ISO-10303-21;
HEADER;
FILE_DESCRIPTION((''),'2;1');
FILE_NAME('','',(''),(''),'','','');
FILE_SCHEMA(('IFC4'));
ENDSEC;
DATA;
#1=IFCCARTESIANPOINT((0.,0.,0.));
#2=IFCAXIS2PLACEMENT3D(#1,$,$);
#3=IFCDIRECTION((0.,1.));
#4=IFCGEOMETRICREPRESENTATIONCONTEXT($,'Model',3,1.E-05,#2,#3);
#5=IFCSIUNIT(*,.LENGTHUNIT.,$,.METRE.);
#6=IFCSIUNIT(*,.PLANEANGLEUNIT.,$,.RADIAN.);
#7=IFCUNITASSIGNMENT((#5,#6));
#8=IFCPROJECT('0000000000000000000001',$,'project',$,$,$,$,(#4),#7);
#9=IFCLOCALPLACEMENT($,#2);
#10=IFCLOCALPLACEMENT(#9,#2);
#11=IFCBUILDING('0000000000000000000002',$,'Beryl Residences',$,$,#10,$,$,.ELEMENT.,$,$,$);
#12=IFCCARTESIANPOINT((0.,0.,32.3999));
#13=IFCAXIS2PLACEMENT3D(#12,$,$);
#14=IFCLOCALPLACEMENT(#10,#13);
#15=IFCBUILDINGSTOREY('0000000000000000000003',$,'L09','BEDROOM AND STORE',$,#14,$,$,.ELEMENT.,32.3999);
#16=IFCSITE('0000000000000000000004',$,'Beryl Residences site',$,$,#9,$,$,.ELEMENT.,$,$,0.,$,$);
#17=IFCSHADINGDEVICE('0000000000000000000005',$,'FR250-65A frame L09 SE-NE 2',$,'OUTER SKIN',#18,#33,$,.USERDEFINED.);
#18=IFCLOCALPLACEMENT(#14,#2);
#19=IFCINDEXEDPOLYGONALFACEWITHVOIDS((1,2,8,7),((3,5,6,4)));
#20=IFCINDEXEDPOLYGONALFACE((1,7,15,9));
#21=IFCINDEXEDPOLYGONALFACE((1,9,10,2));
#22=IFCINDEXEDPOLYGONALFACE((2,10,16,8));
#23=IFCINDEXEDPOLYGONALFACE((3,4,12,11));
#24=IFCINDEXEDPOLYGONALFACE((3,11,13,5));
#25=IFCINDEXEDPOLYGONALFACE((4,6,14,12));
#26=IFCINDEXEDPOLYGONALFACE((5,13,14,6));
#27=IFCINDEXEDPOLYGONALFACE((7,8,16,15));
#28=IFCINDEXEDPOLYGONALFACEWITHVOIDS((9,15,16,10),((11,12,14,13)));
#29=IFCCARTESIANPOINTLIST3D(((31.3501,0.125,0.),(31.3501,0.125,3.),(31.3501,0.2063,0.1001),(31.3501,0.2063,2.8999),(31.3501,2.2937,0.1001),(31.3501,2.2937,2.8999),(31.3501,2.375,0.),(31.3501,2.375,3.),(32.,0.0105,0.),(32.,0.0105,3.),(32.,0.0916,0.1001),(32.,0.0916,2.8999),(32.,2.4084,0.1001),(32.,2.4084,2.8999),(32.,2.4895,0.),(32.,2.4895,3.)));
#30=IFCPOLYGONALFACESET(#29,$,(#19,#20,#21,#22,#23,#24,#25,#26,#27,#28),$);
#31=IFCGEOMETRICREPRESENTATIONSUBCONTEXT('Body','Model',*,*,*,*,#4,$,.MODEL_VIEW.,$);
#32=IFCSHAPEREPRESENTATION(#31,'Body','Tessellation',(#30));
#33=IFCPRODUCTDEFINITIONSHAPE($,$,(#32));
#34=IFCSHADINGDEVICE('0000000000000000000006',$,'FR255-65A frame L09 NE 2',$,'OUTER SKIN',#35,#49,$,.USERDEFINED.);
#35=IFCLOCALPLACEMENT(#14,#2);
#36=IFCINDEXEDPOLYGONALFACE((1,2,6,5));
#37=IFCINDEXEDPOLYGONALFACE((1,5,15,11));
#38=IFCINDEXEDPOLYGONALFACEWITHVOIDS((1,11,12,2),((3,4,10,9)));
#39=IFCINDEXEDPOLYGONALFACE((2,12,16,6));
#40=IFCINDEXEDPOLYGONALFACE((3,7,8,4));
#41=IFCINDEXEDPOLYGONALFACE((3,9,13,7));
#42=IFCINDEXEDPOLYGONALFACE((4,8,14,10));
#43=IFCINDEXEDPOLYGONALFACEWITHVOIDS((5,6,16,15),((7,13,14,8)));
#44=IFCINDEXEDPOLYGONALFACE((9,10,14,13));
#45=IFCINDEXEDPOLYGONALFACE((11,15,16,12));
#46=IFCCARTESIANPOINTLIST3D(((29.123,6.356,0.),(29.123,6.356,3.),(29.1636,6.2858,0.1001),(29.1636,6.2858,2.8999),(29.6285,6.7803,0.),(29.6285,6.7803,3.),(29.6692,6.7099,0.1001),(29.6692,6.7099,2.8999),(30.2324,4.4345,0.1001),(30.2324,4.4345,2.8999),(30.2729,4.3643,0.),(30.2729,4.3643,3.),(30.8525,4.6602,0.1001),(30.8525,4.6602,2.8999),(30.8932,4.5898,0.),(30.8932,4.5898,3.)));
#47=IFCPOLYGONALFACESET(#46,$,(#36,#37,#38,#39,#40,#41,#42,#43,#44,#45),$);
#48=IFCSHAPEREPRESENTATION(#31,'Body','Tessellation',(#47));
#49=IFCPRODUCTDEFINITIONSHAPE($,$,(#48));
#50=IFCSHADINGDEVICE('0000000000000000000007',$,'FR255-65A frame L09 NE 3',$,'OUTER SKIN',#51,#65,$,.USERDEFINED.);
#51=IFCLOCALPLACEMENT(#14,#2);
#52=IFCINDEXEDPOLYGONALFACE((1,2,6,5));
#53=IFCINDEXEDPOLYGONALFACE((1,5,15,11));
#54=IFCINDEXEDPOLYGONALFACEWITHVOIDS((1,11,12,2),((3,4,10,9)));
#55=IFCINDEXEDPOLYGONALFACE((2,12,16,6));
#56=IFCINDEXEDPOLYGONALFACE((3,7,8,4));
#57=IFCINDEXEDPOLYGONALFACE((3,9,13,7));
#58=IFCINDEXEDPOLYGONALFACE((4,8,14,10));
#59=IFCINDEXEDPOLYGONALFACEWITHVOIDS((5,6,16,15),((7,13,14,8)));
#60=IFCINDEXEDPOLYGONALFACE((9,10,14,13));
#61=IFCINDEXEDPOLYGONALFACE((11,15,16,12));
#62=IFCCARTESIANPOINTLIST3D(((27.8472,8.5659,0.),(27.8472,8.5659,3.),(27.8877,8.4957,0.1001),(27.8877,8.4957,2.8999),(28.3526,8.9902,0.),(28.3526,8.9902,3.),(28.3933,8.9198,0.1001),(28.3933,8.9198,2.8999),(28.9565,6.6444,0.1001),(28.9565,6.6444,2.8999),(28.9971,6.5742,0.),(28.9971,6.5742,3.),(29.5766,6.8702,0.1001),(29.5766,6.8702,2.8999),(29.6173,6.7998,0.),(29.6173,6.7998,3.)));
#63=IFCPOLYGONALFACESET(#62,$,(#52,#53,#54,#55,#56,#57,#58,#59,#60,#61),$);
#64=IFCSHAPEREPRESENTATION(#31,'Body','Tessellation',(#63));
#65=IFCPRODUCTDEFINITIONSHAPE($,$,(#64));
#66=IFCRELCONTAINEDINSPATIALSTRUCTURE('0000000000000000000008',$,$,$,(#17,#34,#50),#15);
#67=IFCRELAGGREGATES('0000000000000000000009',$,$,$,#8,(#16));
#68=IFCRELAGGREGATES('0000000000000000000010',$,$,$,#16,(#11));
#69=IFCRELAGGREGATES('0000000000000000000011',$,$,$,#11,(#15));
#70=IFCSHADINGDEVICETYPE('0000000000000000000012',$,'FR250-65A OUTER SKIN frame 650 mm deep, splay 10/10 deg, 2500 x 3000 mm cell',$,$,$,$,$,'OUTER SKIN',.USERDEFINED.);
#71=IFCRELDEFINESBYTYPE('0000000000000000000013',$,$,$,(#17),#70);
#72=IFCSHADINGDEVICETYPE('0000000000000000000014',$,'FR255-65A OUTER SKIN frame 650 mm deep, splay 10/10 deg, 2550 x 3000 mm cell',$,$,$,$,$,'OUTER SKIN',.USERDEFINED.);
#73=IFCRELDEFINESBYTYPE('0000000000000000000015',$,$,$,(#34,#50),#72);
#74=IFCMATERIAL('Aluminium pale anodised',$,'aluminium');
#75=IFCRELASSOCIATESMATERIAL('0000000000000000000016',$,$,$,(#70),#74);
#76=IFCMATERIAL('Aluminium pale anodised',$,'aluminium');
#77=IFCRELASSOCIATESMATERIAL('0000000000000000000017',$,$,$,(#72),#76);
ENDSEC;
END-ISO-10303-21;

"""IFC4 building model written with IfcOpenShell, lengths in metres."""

from ifc_helpers import new_model, entity, si_unit, direction, frame, origin, place, context, subcontext, project, spatial, source, transform, mapped, material, type_object, type_shapes, element, save


model = new_model("IFC4")

# Units and contexts
model_context = context("Model", 3, precision=1e-05, world=origin(), true_north=direction((0.0, 1.0)))
body_context = subcontext(model_context, "Body", "Model", "MODEL_VIEW")
ifc_project = project(units=[si_unit("LENGTHUNIT", "METRE"), si_unit("PLANEANGLEUNIT", "RADIAN")], contexts=[model_context])

# Site, building, storey
site_placement = place(None, origin())
site = spatial("IfcSite", under=ifc_project, at=site_placement, Name="Beryl Residences site", CompositionType="ELEMENT", RefElevation=0.0)
building_placement = place(site_placement, origin())
building = spatial("IfcBuilding", under=site, at=building_placement, Name="Beryl Residences", CompositionType="ELEMENT")
storey_placement = place(building_placement, frame((0.0, 0.0, 32.3999)))
storey = spatial("IfcBuildingStorey", under=building, at=storey_placement, Name="L09", Description="BEDROOM AND STORE", CompositionType="ELEMENT", Elevation=32.3999)

# Shading devices
ifc_material_1 = material(Name="Aluminium pale anodised", Category="aluminium")
shading_device_type_1 = type_object("IfcShadingDeviceType", Name="FR250-65A OUTER SKIN frame 650 mm deep, splay 10/10 deg, 2500 x 3000 mm cell", ElementType="OUTER SKIN", PredefinedType="USERDEFINED", material=ifc_material_1)
cartesian_point_1 = entity("IfcCartesianPoint", [-1.125, 0.0])
cartesian_point_2 = entity("IfcCartesianPoint", [-1.0437, 0.1001])
cartesian_point_3 = entity("IfcCartesianPoint", [-1.2395, 0.0])
cartesian_point_4 = entity("IfcCartesianPoint", [-1.1584, 0.1001])
shared_shape_1 = source(origin(), body_context, "Body", "SweptSolid", [
    entity("IfcExtrudedAreaSolidTapered", entity("IfcArbitraryProfileDefWithVoids", "AREA", None, entity("IfcPolyline", [cartesian_point_1, entity("IfcCartesianPoint", [1.125, 0.0]), entity("IfcCartesianPoint", [1.125, 3.0]), entity("IfcCartesianPoint", [-1.125, 3.0]), cartesian_point_1]), [entity("IfcPolyline", [cartesian_point_2, entity("IfcCartesianPoint", [1.0437, 0.1001]), entity("IfcCartesianPoint", [1.0437, 2.8999]), entity("IfcCartesianPoint", [-1.0437, 2.8999]), cartesian_point_2])]), entity("IfcAxis2Placement3D", entity("IfcCartesianPoint", [0.0, 0.0, 0.0]), entity("IfcDirection", [0.0, 1.0, 0.0]), entity("IfcDirection", [-1.0, 0.0, 0.0])), entity("IfcDirection", [0.0, 0.0, 1.0]), 0.6499, entity("IfcArbitraryProfileDefWithVoids", "AREA", None, entity("IfcPolyline", [cartesian_point_3, entity("IfcCartesianPoint", [1.2395, 0.0]), entity("IfcCartesianPoint", [1.2395, 3.0]), entity("IfcCartesianPoint", [-1.2395, 3.0]), cartesian_point_3]), [entity("IfcPolyline", [cartesian_point_4, entity("IfcCartesianPoint", [1.1584, 0.1001]), entity("IfcCartesianPoint", [1.1584, 2.8999]), entity("IfcCartesianPoint", [-1.1584, 2.8999]), cartesian_point_4])])),
])
type_shapes(shading_device_type_1, [shared_shape_1])
for number, where, z_axis, x_axis, name in (
    (1, (31.3501, 1.25, 0.0), (0.0, 0.0, 1.0), (0.0, -1.0, 0.0), "FR250-65A frame L09 SE-NE 2"),
):
    element("IfcShadingDevice", number, at=place(storey_placement, frame(where, z_axis=z_axis, x_axis=x_axis)), inside=storey, type_object=shading_device_type_1, Name=name, ObjectType="OUTER SKIN", PredefinedType="USERDEFINED", context=body_context, shape_type="MappedRepresentation", body=[
        mapped(shared_shape_1, transform((0.0, 0.0, 0.0))),
    ])
ifc_material_2 = material(Name="Aluminium pale anodised", Category="aluminium")
shading_device_type_2 = type_object("IfcShadingDeviceType", Name="FR255-65A OUTER SKIN frame 650 mm deep, splay 10/10 deg, 2550 x 3000 mm cell", ElementType="OUTER SKIN", PredefinedType="USERDEFINED", material=ifc_material_2)
cartesian_point_5 = entity("IfcCartesianPoint", [-1.1499, 0.0])
cartesian_point_6 = entity("IfcCartesianPoint", [-1.0688, 0.1001])
cartesian_point_7 = entity("IfcCartesianPoint", [-1.2646, 0.0])
cartesian_point_8 = entity("IfcCartesianPoint", [-1.1833, 0.1001])
shared_shape_2 = source(origin(), body_context, "Body", "SweptSolid", [
    entity("IfcExtrudedAreaSolidTapered", entity("IfcArbitraryProfileDefWithVoids", "AREA", None, entity("IfcPolyline", [cartesian_point_5, entity("IfcCartesianPoint", [1.1499, 0.0]), entity("IfcCartesianPoint", [1.1499, 3.0]), entity("IfcCartesianPoint", [-1.1499, 3.0]), cartesian_point_5]), [entity("IfcPolyline", [cartesian_point_6, entity("IfcCartesianPoint", [1.0688, 0.1001]), entity("IfcCartesianPoint", [1.0688, 2.8999]), entity("IfcCartesianPoint", [-1.0688, 2.8999]), cartesian_point_6])]), entity("IfcAxis2Placement3D", entity("IfcCartesianPoint", [0.0, 0.0, 0.0]), entity("IfcDirection", [0.0, 1.0, 0.0]), entity("IfcDirection", [-1.0, 0.0, 0.0])), entity("IfcDirection", [0.0, 0.0, 1.0]), 0.6499, entity("IfcArbitraryProfileDefWithVoids", "AREA", None, entity("IfcPolyline", [cartesian_point_7, entity("IfcCartesianPoint", [1.2646, 0.0]), entity("IfcCartesianPoint", [1.2646, 3.0]), entity("IfcCartesianPoint", [-1.2646, 3.0]), cartesian_point_7]), [entity("IfcPolyline", [cartesian_point_8, entity("IfcCartesianPoint", [1.1833, 0.1001]), entity("IfcCartesianPoint", [1.1833, 2.8999]), entity("IfcCartesianPoint", [-1.1833, 2.8999]), cartesian_point_8])])),
])
type_shapes(shading_device_type_2, [shared_shape_2])
for number, where, z_axis, x_axis, name in (
    (2, (29.698, 5.3601, 0.0), (0.0, 0.0, 1.0), (0.5, -0.866025, 0.0), "FR255-65A frame L09 NE 2"),
    (3, (28.4221, 7.5701, 0.0), (0.0, 0.0, 1.0), (0.5, -0.866025, 0.0), "FR255-65A frame L09 NE 3"),
):
    element("IfcShadingDevice", number, at=place(storey_placement, frame(where, z_axis=z_axis, x_axis=x_axis)), inside=storey, type_object=shading_device_type_2, Name=name, ObjectType="OUTER SKIN", PredefinedType="USERDEFINED", context=body_context, shape_type="MappedRepresentation", body=[
        mapped(shared_shape_2, transform((0.0, 0.0, 0.0))),
    ])

save(model, "model.ifc")
